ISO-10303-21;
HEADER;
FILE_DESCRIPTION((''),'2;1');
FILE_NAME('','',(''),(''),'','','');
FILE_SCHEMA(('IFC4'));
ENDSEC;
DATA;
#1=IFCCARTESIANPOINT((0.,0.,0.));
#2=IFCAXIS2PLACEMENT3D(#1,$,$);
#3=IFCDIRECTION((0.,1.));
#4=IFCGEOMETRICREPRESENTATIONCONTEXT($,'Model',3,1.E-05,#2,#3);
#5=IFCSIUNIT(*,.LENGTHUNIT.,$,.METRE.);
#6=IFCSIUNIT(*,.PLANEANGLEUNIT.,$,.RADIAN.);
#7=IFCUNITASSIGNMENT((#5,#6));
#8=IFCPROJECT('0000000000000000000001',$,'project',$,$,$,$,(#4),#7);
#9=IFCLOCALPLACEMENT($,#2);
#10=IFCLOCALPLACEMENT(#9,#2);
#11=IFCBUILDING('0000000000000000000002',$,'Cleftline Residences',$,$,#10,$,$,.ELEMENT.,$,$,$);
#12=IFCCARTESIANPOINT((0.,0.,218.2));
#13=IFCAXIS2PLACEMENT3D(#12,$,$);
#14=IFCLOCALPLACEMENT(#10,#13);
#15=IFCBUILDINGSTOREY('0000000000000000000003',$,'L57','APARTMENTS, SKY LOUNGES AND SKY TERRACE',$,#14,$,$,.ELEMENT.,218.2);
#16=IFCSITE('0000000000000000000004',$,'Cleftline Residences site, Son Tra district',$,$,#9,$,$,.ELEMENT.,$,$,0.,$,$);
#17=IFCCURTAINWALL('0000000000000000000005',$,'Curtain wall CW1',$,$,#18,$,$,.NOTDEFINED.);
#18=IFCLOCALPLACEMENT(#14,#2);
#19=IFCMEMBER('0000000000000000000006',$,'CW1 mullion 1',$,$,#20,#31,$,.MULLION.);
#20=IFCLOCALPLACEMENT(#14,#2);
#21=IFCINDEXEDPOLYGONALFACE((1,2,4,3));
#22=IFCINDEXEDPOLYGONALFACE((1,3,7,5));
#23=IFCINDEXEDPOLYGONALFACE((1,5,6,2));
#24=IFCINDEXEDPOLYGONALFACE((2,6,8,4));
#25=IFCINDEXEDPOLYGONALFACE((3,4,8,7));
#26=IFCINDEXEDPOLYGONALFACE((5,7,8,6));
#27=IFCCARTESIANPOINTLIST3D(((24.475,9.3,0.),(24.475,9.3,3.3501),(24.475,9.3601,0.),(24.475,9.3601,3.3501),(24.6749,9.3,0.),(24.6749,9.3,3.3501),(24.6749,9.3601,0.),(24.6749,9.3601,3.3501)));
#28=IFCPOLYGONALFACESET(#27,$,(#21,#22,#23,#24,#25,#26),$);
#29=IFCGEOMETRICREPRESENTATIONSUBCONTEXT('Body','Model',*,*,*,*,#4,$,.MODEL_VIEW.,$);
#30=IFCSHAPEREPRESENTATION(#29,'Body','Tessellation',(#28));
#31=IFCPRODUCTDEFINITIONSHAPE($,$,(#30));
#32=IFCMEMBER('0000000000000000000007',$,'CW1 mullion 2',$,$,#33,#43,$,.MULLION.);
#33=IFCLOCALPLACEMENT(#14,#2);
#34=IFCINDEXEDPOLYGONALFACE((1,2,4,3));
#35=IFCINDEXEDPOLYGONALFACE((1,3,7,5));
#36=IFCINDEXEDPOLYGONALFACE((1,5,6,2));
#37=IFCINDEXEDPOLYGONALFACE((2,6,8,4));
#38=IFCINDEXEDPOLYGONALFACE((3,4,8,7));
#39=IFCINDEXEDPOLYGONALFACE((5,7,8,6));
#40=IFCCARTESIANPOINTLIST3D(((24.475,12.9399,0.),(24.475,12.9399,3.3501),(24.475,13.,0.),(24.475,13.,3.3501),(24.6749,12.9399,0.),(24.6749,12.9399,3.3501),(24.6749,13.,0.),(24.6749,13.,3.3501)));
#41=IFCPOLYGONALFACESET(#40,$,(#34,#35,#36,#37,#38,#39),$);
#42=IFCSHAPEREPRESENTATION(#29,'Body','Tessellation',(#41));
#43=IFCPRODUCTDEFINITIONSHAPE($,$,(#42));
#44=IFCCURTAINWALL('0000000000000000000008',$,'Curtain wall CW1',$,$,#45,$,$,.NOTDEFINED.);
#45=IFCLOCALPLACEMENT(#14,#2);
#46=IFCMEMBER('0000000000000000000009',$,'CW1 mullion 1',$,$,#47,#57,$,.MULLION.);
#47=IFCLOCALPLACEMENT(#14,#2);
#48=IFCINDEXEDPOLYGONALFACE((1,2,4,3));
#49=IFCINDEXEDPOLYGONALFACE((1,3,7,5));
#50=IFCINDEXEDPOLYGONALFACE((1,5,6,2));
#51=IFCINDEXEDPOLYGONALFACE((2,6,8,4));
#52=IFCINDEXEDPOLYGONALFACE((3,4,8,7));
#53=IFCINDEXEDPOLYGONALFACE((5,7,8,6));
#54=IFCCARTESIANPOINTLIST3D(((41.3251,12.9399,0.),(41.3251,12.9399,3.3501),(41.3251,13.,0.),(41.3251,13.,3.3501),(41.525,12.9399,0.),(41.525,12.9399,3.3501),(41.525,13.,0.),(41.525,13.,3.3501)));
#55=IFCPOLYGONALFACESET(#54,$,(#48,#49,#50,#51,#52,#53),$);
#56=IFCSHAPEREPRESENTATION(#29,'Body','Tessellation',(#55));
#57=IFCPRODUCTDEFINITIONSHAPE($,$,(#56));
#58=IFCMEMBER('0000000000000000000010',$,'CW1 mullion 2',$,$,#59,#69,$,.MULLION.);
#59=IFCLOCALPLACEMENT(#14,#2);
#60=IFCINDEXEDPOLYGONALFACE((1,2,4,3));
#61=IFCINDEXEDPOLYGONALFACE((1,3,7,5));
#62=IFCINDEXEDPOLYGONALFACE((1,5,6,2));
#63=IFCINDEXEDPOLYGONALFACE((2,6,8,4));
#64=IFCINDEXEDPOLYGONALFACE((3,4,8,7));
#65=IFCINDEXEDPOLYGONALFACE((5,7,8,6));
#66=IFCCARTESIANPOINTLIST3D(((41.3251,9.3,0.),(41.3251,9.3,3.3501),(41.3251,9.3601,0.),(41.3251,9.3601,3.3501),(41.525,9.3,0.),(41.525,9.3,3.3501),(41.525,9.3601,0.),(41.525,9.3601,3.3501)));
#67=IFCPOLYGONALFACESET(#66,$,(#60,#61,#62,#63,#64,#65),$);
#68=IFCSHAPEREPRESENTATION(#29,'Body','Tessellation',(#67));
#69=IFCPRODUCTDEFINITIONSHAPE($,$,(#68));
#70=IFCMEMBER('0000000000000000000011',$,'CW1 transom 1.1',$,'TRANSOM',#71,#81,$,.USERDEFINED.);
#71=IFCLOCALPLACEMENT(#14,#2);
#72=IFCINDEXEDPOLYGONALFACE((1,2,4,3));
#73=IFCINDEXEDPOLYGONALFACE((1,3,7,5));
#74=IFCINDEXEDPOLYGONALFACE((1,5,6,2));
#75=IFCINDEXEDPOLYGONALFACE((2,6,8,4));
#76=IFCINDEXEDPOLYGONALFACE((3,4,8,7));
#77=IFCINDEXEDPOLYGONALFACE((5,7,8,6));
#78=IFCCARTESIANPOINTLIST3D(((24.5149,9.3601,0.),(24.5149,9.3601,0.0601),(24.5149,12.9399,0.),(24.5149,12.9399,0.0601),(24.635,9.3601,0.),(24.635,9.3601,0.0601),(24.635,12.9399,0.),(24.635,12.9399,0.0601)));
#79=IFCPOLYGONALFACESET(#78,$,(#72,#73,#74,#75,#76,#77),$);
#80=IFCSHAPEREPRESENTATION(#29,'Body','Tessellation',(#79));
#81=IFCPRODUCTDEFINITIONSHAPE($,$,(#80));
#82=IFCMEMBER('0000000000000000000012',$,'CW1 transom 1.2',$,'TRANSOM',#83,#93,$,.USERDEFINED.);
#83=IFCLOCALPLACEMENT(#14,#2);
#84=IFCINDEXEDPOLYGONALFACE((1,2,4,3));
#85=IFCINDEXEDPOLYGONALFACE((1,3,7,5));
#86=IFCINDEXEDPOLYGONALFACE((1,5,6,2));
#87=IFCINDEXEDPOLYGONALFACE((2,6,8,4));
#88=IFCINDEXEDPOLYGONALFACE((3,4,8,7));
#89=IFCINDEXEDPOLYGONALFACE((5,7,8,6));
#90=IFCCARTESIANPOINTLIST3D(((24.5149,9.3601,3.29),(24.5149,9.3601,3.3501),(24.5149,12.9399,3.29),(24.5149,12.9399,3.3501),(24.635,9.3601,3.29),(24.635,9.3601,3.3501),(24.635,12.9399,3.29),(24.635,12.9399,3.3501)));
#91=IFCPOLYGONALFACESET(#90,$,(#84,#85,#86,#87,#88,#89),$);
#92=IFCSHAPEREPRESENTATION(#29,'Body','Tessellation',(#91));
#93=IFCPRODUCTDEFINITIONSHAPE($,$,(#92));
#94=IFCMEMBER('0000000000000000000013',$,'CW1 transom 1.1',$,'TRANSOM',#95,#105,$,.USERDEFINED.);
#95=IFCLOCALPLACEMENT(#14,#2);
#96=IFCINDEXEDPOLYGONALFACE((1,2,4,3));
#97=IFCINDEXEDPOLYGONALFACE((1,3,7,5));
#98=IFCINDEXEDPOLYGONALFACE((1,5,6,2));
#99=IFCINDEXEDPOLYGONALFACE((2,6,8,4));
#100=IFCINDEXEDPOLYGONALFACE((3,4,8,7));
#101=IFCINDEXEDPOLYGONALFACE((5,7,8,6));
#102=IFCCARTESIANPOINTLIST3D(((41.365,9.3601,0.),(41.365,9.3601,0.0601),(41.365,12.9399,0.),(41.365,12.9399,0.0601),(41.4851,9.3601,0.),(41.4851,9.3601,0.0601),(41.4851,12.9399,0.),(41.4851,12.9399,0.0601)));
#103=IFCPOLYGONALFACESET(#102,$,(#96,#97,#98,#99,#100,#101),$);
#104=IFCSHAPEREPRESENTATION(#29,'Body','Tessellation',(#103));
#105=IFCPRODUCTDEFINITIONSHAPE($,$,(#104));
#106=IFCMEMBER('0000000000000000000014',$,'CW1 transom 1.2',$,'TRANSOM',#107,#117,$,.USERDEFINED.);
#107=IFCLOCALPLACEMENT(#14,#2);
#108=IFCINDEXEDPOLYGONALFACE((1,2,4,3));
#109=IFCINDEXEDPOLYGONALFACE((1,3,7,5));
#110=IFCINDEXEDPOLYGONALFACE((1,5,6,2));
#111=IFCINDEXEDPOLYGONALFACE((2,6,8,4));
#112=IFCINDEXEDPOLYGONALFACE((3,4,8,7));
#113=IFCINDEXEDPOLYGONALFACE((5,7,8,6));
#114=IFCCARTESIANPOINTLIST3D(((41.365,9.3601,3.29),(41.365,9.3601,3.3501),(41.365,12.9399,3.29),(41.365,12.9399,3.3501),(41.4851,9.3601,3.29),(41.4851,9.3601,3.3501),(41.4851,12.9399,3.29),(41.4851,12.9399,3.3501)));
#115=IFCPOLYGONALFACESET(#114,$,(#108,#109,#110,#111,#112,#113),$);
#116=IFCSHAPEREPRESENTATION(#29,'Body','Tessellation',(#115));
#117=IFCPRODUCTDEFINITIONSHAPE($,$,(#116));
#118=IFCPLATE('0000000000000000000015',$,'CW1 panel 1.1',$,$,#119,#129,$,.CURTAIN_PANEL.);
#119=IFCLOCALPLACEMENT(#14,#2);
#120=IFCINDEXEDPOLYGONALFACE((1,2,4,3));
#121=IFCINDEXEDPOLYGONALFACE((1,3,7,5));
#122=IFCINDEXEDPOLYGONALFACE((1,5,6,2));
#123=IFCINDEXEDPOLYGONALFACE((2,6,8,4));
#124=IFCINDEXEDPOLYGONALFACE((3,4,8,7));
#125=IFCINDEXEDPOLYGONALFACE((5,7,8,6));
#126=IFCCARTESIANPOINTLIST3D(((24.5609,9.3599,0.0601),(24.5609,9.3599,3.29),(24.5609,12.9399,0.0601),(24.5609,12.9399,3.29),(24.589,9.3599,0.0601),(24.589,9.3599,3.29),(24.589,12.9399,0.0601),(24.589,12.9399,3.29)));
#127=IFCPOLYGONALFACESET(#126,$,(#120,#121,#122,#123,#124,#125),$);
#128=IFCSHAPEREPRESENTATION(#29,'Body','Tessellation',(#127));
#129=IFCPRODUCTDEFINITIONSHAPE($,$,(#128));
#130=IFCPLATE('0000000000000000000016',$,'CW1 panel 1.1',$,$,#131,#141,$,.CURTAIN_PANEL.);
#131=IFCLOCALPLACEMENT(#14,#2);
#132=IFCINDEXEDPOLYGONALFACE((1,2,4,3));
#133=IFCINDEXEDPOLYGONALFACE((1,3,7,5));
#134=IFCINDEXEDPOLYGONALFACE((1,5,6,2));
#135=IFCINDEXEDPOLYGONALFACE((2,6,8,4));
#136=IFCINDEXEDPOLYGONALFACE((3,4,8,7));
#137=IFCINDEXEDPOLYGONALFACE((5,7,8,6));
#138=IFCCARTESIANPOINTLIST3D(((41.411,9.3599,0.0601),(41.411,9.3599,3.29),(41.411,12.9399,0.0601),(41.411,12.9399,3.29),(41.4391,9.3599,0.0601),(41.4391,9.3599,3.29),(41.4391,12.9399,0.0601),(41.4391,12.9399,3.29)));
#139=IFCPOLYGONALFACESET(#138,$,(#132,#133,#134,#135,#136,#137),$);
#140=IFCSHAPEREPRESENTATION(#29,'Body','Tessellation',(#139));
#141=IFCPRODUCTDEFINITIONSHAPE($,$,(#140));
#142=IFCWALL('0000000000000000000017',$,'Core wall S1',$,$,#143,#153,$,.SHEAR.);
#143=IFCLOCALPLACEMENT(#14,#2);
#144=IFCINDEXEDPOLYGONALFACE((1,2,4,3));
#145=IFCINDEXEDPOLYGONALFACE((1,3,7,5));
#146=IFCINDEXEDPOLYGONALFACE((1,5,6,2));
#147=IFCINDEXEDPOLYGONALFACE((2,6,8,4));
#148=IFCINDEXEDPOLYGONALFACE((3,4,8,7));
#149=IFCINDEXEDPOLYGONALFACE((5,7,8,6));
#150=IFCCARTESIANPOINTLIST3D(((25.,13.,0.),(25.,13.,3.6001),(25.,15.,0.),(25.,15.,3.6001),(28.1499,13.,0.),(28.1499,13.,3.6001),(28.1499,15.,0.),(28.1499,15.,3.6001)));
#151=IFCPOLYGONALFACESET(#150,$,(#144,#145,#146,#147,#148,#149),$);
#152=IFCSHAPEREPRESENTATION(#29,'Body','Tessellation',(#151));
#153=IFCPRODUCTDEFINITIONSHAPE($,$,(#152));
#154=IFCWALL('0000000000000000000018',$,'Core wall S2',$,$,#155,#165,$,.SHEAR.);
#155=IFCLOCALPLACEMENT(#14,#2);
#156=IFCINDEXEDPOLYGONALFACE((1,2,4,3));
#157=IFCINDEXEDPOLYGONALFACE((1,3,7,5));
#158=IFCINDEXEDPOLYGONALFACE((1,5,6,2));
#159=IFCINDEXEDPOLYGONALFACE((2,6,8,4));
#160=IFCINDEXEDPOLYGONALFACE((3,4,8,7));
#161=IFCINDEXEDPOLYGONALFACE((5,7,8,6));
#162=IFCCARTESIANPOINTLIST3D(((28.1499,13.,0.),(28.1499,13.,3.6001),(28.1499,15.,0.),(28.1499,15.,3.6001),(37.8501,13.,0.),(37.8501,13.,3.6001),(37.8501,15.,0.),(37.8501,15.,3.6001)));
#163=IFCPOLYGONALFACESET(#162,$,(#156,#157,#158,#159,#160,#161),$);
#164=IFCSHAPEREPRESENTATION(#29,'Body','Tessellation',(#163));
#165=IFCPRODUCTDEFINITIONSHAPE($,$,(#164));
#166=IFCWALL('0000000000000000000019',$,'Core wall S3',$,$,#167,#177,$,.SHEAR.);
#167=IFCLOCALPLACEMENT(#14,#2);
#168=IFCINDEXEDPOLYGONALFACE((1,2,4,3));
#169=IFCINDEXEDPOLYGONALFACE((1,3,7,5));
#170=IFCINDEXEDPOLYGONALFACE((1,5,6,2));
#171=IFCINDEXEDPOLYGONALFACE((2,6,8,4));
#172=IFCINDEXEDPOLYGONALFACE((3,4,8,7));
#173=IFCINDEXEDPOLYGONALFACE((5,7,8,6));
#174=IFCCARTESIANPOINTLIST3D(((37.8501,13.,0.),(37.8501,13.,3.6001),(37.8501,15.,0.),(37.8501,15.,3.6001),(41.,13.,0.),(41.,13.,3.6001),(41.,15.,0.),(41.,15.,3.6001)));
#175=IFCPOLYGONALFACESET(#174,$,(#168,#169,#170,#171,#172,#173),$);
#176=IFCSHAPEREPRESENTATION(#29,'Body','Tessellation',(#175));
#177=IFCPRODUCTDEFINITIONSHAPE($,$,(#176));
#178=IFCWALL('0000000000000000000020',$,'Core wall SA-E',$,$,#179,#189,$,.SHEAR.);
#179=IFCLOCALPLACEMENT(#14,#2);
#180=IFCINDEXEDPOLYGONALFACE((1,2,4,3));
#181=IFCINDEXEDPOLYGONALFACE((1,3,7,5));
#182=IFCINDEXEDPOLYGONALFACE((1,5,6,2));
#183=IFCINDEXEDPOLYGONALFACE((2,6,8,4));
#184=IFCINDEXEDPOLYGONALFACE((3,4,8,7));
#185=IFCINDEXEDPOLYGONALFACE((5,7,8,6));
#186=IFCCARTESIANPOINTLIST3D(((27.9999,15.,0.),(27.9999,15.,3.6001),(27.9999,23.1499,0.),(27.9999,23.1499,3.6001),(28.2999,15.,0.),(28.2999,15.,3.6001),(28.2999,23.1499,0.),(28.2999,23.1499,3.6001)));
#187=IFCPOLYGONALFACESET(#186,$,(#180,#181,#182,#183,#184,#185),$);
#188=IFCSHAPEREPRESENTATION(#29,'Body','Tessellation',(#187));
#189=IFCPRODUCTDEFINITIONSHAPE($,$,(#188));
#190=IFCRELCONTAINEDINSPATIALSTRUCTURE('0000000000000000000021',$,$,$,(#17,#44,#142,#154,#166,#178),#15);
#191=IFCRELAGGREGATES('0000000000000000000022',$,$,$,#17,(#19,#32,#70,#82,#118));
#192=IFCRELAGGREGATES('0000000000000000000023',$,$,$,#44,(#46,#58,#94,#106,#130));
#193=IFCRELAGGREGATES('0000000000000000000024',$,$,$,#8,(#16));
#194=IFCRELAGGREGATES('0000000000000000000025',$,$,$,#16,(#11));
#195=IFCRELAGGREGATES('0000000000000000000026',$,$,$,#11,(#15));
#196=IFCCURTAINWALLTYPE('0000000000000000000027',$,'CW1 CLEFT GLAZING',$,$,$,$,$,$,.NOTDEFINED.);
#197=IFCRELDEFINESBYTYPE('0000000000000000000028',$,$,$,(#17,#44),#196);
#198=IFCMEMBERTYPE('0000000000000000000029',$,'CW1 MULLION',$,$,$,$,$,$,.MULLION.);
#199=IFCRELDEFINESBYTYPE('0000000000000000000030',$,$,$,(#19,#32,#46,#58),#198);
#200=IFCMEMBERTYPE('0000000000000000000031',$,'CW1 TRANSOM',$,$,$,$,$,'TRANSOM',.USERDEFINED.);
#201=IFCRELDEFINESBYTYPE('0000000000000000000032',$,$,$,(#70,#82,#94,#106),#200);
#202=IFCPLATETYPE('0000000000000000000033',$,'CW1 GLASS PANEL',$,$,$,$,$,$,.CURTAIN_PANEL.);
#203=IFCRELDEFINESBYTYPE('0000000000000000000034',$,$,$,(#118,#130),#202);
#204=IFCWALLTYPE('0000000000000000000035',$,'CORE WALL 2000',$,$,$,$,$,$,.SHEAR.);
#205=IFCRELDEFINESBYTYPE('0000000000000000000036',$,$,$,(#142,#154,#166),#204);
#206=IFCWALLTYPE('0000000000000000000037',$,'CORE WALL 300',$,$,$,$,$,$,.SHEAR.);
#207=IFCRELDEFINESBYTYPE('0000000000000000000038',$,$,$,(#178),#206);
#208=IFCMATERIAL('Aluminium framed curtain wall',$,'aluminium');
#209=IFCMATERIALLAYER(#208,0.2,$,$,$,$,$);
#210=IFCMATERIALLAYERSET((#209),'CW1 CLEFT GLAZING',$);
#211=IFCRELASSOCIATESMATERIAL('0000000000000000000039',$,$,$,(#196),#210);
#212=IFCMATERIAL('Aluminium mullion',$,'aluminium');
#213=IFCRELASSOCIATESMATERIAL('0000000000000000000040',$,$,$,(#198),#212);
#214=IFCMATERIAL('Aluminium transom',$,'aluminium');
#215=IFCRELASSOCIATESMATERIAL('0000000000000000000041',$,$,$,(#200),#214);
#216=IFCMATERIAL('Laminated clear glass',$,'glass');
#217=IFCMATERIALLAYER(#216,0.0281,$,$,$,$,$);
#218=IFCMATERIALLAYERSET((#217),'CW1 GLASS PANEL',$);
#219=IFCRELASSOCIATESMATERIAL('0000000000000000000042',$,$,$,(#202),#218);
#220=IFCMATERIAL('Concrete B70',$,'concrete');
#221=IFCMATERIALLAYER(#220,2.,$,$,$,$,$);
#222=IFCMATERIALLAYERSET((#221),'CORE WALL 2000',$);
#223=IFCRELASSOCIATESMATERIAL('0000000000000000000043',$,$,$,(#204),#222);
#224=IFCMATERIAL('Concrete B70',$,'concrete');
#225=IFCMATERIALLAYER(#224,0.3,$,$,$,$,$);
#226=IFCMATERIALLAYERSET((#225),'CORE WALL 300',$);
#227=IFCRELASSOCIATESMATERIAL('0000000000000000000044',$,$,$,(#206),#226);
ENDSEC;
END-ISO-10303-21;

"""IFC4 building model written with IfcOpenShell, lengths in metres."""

from ifc_helpers import new_model, si_unit, direction, frame, frame_2d, origin, origin_2d, place, context, subcontext, project, spatial, rectangle, extrude, material, layer, layer_set, material_profile, profile_set, type_object, element, aggregate, save


model = new_model("IFC4")

# Units and contexts
model_context = context("Model", 3, precision=1e-05, world=origin(), true_north=direction((0.0, 1.0)))
body_context = subcontext(model_context, "Body", "Model", "MODEL_VIEW")
ifc_project = project(units=[si_unit("LENGTHUNIT", "METRE"), si_unit("PLANEANGLEUNIT", "RADIAN")], contexts=[model_context])

# Site, building, storey
site_placement = place(None, origin())
site = spatial("IfcSite", under=ifc_project, at=site_placement, Name="Cleftline Residences site, Son Tra district", CompositionType="ELEMENT", RefElevation=0.0)
building_placement = place(site_placement, origin())
building = spatial("IfcBuilding", under=site, at=building_placement, Name="Cleftline Residences", CompositionType="ELEMENT")
storey_placement = place(building_placement, frame((0.0, 0.0, 218.2)))
storey = spatial("IfcBuildingStorey", under=building, at=storey_placement, Name="L57", Description="APARTMENTS, SKY LOUNGES AND SKY TERRACE", CompositionType="ELEMENT", Elevation=218.2)

# Curtain walls, members
ifc_material_1 = material(Name="Aluminium framed curtain wall", Category="aluminium")
ifc_layer_1 = layer(ifc_material_1, 0.2)
ifc_layer_set_1 = layer_set([ifc_layer_1], Name="CW1 CLEFT GLAZING")
curtain_wall_type = type_object("IfcCurtainWallType", Name="CW1 CLEFT GLAZING", PredefinedType="NOTDEFINED", material=ifc_layer_set_1)
curtain_wall_1_placement = place(storey_placement, origin())
curtain_wall_1 = element("IfcCurtainWall", 1, at=curtain_wall_1_placement, inside=storey, type_object=curtain_wall_type, Name="Curtain wall CW1", PredefinedType="NOTDEFINED")
ifc_material_2 = material(Name="Aluminium mullion", Category="aluminium")
ifc_material_profile_1 = material_profile(ifc_material_2, rectangle(XDim=0.2, YDim=0.0601, at=origin_2d()))
ifc_profile_set_1 = profile_set([ifc_material_profile_1], Name="Aluminium mullion")
member_type_1 = type_object("IfcMemberType", Name="CW1 MULLION", PredefinedType="MULLION", material=ifc_profile_set_1)
member_1_placement = place(storey_placement, frame((24.575, 9.3301, 0.0), z_axis=(0.0, 0.0, 1.0), x_axis=(-1.0, 0.0, 0.0)))
member_1 = element("IfcMember", 2, at=member_1_placement, type_object=member_type_1, Name="CW1 mullion 1", PredefinedType="MULLION", context=body_context, shape_type="SweptSolid", body=[
    extrude(rectangle(XDim=0.2, YDim=0.0601, at=origin_2d()), origin(), (0.0, 0.0, 1.0), 3.3501),
])
member_2_placement = place(storey_placement, frame((24.575, 12.97, 0.0), z_axis=(0.0, 0.0, 1.0), x_axis=(-1.0, 0.0, 0.0)))
member_2 = element("IfcMember", 3, at=member_2_placement, type_object=member_type_1, Name="CW1 mullion 2", PredefinedType="MULLION", context=body_context, shape_type="SweptSolid", body=[
    extrude(rectangle(XDim=0.2, YDim=0.0601, at=origin_2d()), origin(), (0.0, 0.0, 1.0), 3.3501),
])
curtain_wall_2_placement = place(storey_placement, origin())
curtain_wall_2 = element("IfcCurtainWall", 4, at=curtain_wall_2_placement, inside=storey, type_object=curtain_wall_type, Name="Curtain wall CW1", PredefinedType="NOTDEFINED")
member_3_placement = place(storey_placement, frame((41.425, 12.97, 0.0), z_axis=(0.0, 0.0, 1.0), x_axis=(1.0, 0.0, 0.0)))
member_3 = element("IfcMember", 5, at=member_3_placement, type_object=member_type_1, Name="CW1 mullion 1", PredefinedType="MULLION", context=body_context, shape_type="SweptSolid", body=[
    extrude(rectangle(XDim=0.2, YDim=0.0601, at=origin_2d()), origin(), (0.0, 0.0, 1.0), 3.3501),
])
member_4_placement = place(storey_placement, frame((41.425, 9.3301, 0.0), z_axis=(0.0, 0.0, 1.0), x_axis=(1.0, 0.0, 0.0)))
member_4 = element("IfcMember", 6, at=member_4_placement, type_object=member_type_1, Name="CW1 mullion 2", PredefinedType="MULLION", context=body_context, shape_type="SweptSolid", body=[
    extrude(rectangle(XDim=0.2, YDim=0.0601, at=origin_2d()), origin(), (0.0, 0.0, 1.0), 3.3501),
])

# Members
ifc_material_3 = material(Name="Aluminium transom", Category="aluminium")
ifc_material_profile_2 = material_profile(ifc_material_3, rectangle(XDim=0.1201, YDim=0.0601, at=origin_2d()))
ifc_profile_set_2 = profile_set([ifc_material_profile_2], Name="Aluminium transom")
member_type_2 = type_object("IfcMemberType", Name="CW1 TRANSOM", ElementType="TRANSOM", PredefinedType="USERDEFINED", material=ifc_profile_set_2)
member_5_placement = place(storey_placement, frame((24.575, 9.3601, 0.03), z_axis=(0.0, 1.0, 0.0), x_axis=(-1.0, 0.0, 0.0)))
member_5 = element("IfcMember", 7, at=member_5_placement, type_object=member_type_2, Name="CW1 transom 1.1", ObjectType="TRANSOM", PredefinedType="USERDEFINED", context=body_context, shape_type="SweptSolid", body=[
    extrude(rectangle(XDim=0.1201, YDim=0.0601, at=origin_2d()), origin(), (0.0, 0.0, 1.0), 3.5798),
])
member_6_placement = place(storey_placement, frame((24.575, 9.3601, 3.3201), z_axis=(0.0, 1.0, 0.0), x_axis=(-1.0, 0.0, 0.0)))
member_6 = element("IfcMember", 8, at=member_6_placement, type_object=member_type_2, Name="CW1 transom 1.2", ObjectType="TRANSOM", PredefinedType="USERDEFINED", context=body_context, shape_type="SweptSolid", body=[
    extrude(rectangle(XDim=0.1201, YDim=0.0601, at=origin_2d()), origin(), (0.0, 0.0, 1.0), 3.5798),
])
member_7_placement = place(storey_placement, frame((41.425, 12.9399, 0.03), z_axis=(0.0, -1.0, 0.0), x_axis=(1.0, 0.0, 0.0)))
member_7 = element("IfcMember", 9, at=member_7_placement, type_object=member_type_2, Name="CW1 transom 1.1", ObjectType="TRANSOM", PredefinedType="USERDEFINED", context=body_context, shape_type="SweptSolid", body=[
    extrude(rectangle(XDim=0.1201, YDim=0.0601, at=origin_2d()), origin(), (0.0, 0.0, 1.0), 3.5798),
])
member_8_placement = place(storey_placement, frame((41.425, 12.9399, 3.3201), z_axis=(0.0, -1.0, 0.0), x_axis=(1.0, 0.0, 0.0)))
member_8 = element("IfcMember", 10, at=member_8_placement, type_object=member_type_2, Name="CW1 transom 1.2", ObjectType="TRANSOM", PredefinedType="USERDEFINED", context=body_context, shape_type="SweptSolid", body=[
    extrude(rectangle(XDim=0.1201, YDim=0.0601, at=origin_2d()), origin(), (0.0, 0.0, 1.0), 3.5798),
])

# Plates
ifc_material_4 = material(Name="Laminated clear glass", Category="glass")
ifc_layer_2 = layer(ifc_material_4, 0.0281)
ifc_layer_set_2 = layer_set([ifc_layer_2], Name="CW1 GLASS PANEL")
plate_type = type_object("IfcPlateType", Name="CW1 GLASS PANEL", PredefinedType="CURTAIN_PANEL", material=ifc_layer_set_2)
plate_1_placement = place(storey_placement, frame((24.575, 11.1499, 0.0601), z_axis=(0.0, 0.0, 1.0), x_axis=(0.0, 1.0, 0.0)))
plate_1 = element("IfcPlate", 11, at=plate_1_placement, type_object=plate_type, Name="CW1 panel 1.1", PredefinedType="CURTAIN_PANEL", context=body_context, shape_type="SweptSolid", body=[
    extrude(rectangle(XDim=3.5801, YDim=0.0281, at=origin_2d()), origin(), (0.0, 0.0, 1.0), 3.23),
])
aggregate(curtain_wall_1, [member_1, member_2, member_5, member_6, plate_1])
plate_2_placement = place(storey_placement, frame((41.425, 11.1499, 0.0601), z_axis=(0.0, 0.0, 1.0), x_axis=(0.0, -1.0, 0.0)))
plate_2 = element("IfcPlate", 12, at=plate_2_placement, type_object=plate_type, Name="CW1 panel 1.1", PredefinedType="CURTAIN_PANEL", context=body_context, shape_type="SweptSolid", body=[
    extrude(rectangle(XDim=3.5801, YDim=0.0281, at=origin_2d()), origin(), (0.0, 0.0, 1.0), 3.23),
])
aggregate(curtain_wall_2, [member_3, member_4, member_7, member_8, plate_2])

# Walls
ifc_material_5 = material(Name="Concrete B70", Category="concrete")
ifc_layer_3 = layer(ifc_material_5, 2.0)
ifc_layer_set_3 = layer_set([ifc_layer_3], Name="CORE WALL 2000")
wall_type_1 = type_object("IfcWallType", Name="CORE WALL 2000", PredefinedType="SHEAR", material=ifc_layer_set_3)
wall_1_placement = place(storey_placement, frame((25.0, 14.0, 0.0), z_axis=(0.0, 0.0, 1.0), x_axis=(1.0, 0.0, 0.0)))
element("IfcWall", 13, at=wall_1_placement, inside=storey, type_object=wall_type_1, Name="Core wall S1", PredefinedType="SHEAR", context=body_context, shape_type="SweptSolid", body=[
    extrude(rectangle(XDim=3.1499, YDim=2.0, at=frame_2d((1.575, 0.0))), origin(), (0.0, 0.0, 1.0), 3.6001),
])
wall_2_placement = place(storey_placement, frame((28.1499, 14.0, 0.0), z_axis=(0.0, 0.0, 1.0), x_axis=(1.0, 0.0, 0.0)))
element("IfcWall", 14, at=wall_2_placement, inside=storey, type_object=wall_type_1, Name="Core wall S2", PredefinedType="SHEAR", context=body_context, shape_type="SweptSolid", body=[
    extrude(rectangle(XDim=9.7002, YDim=2.0, at=frame_2d((4.8501, 0.0))), origin(), (0.0, 0.0, 1.0), 3.6001),
])
wall_3_placement = place(storey_placement, frame((37.8501, 14.0, 0.0), z_axis=(0.0, 0.0, 1.0), x_axis=(1.0, 0.0, 0.0)))
element("IfcWall", 15, at=wall_3_placement, inside=storey, type_object=wall_type_1, Name="Core wall S3", PredefinedType="SHEAR", context=body_context, shape_type="SweptSolid", body=[
    extrude(rectangle(XDim=3.1499, YDim=2.0, at=frame_2d((1.575, 0.0))), origin(), (0.0, 0.0, 1.0), 3.6001),
])
ifc_material_6 = material(Name="Concrete B70", Category="concrete")
ifc_layer_4 = layer(ifc_material_6, 0.3)
ifc_layer_set_4 = layer_set([ifc_layer_4], Name="CORE WALL 300")
wall_type_2 = type_object("IfcWallType", Name="CORE WALL 300", PredefinedType="SHEAR", material=ifc_layer_set_4)
wall_4_placement = place(storey_placement, frame((28.1499, 15.0, 0.0), z_axis=(0.0, 0.0, 1.0), x_axis=(0.0, 1.0, 0.0)))
element("IfcWall", 16, at=wall_4_placement, inside=storey, type_object=wall_type_2, Name="Core wall SA-E", PredefinedType="SHEAR", context=body_context, shape_type="SweptSolid", body=[
    extrude(rectangle(XDim=8.1499, YDim=0.3, at=frame_2d((4.075, 0.0))), origin(), (0.0, 0.0, 1.0), 3.6001),
])

save(model, "model.ifc")
